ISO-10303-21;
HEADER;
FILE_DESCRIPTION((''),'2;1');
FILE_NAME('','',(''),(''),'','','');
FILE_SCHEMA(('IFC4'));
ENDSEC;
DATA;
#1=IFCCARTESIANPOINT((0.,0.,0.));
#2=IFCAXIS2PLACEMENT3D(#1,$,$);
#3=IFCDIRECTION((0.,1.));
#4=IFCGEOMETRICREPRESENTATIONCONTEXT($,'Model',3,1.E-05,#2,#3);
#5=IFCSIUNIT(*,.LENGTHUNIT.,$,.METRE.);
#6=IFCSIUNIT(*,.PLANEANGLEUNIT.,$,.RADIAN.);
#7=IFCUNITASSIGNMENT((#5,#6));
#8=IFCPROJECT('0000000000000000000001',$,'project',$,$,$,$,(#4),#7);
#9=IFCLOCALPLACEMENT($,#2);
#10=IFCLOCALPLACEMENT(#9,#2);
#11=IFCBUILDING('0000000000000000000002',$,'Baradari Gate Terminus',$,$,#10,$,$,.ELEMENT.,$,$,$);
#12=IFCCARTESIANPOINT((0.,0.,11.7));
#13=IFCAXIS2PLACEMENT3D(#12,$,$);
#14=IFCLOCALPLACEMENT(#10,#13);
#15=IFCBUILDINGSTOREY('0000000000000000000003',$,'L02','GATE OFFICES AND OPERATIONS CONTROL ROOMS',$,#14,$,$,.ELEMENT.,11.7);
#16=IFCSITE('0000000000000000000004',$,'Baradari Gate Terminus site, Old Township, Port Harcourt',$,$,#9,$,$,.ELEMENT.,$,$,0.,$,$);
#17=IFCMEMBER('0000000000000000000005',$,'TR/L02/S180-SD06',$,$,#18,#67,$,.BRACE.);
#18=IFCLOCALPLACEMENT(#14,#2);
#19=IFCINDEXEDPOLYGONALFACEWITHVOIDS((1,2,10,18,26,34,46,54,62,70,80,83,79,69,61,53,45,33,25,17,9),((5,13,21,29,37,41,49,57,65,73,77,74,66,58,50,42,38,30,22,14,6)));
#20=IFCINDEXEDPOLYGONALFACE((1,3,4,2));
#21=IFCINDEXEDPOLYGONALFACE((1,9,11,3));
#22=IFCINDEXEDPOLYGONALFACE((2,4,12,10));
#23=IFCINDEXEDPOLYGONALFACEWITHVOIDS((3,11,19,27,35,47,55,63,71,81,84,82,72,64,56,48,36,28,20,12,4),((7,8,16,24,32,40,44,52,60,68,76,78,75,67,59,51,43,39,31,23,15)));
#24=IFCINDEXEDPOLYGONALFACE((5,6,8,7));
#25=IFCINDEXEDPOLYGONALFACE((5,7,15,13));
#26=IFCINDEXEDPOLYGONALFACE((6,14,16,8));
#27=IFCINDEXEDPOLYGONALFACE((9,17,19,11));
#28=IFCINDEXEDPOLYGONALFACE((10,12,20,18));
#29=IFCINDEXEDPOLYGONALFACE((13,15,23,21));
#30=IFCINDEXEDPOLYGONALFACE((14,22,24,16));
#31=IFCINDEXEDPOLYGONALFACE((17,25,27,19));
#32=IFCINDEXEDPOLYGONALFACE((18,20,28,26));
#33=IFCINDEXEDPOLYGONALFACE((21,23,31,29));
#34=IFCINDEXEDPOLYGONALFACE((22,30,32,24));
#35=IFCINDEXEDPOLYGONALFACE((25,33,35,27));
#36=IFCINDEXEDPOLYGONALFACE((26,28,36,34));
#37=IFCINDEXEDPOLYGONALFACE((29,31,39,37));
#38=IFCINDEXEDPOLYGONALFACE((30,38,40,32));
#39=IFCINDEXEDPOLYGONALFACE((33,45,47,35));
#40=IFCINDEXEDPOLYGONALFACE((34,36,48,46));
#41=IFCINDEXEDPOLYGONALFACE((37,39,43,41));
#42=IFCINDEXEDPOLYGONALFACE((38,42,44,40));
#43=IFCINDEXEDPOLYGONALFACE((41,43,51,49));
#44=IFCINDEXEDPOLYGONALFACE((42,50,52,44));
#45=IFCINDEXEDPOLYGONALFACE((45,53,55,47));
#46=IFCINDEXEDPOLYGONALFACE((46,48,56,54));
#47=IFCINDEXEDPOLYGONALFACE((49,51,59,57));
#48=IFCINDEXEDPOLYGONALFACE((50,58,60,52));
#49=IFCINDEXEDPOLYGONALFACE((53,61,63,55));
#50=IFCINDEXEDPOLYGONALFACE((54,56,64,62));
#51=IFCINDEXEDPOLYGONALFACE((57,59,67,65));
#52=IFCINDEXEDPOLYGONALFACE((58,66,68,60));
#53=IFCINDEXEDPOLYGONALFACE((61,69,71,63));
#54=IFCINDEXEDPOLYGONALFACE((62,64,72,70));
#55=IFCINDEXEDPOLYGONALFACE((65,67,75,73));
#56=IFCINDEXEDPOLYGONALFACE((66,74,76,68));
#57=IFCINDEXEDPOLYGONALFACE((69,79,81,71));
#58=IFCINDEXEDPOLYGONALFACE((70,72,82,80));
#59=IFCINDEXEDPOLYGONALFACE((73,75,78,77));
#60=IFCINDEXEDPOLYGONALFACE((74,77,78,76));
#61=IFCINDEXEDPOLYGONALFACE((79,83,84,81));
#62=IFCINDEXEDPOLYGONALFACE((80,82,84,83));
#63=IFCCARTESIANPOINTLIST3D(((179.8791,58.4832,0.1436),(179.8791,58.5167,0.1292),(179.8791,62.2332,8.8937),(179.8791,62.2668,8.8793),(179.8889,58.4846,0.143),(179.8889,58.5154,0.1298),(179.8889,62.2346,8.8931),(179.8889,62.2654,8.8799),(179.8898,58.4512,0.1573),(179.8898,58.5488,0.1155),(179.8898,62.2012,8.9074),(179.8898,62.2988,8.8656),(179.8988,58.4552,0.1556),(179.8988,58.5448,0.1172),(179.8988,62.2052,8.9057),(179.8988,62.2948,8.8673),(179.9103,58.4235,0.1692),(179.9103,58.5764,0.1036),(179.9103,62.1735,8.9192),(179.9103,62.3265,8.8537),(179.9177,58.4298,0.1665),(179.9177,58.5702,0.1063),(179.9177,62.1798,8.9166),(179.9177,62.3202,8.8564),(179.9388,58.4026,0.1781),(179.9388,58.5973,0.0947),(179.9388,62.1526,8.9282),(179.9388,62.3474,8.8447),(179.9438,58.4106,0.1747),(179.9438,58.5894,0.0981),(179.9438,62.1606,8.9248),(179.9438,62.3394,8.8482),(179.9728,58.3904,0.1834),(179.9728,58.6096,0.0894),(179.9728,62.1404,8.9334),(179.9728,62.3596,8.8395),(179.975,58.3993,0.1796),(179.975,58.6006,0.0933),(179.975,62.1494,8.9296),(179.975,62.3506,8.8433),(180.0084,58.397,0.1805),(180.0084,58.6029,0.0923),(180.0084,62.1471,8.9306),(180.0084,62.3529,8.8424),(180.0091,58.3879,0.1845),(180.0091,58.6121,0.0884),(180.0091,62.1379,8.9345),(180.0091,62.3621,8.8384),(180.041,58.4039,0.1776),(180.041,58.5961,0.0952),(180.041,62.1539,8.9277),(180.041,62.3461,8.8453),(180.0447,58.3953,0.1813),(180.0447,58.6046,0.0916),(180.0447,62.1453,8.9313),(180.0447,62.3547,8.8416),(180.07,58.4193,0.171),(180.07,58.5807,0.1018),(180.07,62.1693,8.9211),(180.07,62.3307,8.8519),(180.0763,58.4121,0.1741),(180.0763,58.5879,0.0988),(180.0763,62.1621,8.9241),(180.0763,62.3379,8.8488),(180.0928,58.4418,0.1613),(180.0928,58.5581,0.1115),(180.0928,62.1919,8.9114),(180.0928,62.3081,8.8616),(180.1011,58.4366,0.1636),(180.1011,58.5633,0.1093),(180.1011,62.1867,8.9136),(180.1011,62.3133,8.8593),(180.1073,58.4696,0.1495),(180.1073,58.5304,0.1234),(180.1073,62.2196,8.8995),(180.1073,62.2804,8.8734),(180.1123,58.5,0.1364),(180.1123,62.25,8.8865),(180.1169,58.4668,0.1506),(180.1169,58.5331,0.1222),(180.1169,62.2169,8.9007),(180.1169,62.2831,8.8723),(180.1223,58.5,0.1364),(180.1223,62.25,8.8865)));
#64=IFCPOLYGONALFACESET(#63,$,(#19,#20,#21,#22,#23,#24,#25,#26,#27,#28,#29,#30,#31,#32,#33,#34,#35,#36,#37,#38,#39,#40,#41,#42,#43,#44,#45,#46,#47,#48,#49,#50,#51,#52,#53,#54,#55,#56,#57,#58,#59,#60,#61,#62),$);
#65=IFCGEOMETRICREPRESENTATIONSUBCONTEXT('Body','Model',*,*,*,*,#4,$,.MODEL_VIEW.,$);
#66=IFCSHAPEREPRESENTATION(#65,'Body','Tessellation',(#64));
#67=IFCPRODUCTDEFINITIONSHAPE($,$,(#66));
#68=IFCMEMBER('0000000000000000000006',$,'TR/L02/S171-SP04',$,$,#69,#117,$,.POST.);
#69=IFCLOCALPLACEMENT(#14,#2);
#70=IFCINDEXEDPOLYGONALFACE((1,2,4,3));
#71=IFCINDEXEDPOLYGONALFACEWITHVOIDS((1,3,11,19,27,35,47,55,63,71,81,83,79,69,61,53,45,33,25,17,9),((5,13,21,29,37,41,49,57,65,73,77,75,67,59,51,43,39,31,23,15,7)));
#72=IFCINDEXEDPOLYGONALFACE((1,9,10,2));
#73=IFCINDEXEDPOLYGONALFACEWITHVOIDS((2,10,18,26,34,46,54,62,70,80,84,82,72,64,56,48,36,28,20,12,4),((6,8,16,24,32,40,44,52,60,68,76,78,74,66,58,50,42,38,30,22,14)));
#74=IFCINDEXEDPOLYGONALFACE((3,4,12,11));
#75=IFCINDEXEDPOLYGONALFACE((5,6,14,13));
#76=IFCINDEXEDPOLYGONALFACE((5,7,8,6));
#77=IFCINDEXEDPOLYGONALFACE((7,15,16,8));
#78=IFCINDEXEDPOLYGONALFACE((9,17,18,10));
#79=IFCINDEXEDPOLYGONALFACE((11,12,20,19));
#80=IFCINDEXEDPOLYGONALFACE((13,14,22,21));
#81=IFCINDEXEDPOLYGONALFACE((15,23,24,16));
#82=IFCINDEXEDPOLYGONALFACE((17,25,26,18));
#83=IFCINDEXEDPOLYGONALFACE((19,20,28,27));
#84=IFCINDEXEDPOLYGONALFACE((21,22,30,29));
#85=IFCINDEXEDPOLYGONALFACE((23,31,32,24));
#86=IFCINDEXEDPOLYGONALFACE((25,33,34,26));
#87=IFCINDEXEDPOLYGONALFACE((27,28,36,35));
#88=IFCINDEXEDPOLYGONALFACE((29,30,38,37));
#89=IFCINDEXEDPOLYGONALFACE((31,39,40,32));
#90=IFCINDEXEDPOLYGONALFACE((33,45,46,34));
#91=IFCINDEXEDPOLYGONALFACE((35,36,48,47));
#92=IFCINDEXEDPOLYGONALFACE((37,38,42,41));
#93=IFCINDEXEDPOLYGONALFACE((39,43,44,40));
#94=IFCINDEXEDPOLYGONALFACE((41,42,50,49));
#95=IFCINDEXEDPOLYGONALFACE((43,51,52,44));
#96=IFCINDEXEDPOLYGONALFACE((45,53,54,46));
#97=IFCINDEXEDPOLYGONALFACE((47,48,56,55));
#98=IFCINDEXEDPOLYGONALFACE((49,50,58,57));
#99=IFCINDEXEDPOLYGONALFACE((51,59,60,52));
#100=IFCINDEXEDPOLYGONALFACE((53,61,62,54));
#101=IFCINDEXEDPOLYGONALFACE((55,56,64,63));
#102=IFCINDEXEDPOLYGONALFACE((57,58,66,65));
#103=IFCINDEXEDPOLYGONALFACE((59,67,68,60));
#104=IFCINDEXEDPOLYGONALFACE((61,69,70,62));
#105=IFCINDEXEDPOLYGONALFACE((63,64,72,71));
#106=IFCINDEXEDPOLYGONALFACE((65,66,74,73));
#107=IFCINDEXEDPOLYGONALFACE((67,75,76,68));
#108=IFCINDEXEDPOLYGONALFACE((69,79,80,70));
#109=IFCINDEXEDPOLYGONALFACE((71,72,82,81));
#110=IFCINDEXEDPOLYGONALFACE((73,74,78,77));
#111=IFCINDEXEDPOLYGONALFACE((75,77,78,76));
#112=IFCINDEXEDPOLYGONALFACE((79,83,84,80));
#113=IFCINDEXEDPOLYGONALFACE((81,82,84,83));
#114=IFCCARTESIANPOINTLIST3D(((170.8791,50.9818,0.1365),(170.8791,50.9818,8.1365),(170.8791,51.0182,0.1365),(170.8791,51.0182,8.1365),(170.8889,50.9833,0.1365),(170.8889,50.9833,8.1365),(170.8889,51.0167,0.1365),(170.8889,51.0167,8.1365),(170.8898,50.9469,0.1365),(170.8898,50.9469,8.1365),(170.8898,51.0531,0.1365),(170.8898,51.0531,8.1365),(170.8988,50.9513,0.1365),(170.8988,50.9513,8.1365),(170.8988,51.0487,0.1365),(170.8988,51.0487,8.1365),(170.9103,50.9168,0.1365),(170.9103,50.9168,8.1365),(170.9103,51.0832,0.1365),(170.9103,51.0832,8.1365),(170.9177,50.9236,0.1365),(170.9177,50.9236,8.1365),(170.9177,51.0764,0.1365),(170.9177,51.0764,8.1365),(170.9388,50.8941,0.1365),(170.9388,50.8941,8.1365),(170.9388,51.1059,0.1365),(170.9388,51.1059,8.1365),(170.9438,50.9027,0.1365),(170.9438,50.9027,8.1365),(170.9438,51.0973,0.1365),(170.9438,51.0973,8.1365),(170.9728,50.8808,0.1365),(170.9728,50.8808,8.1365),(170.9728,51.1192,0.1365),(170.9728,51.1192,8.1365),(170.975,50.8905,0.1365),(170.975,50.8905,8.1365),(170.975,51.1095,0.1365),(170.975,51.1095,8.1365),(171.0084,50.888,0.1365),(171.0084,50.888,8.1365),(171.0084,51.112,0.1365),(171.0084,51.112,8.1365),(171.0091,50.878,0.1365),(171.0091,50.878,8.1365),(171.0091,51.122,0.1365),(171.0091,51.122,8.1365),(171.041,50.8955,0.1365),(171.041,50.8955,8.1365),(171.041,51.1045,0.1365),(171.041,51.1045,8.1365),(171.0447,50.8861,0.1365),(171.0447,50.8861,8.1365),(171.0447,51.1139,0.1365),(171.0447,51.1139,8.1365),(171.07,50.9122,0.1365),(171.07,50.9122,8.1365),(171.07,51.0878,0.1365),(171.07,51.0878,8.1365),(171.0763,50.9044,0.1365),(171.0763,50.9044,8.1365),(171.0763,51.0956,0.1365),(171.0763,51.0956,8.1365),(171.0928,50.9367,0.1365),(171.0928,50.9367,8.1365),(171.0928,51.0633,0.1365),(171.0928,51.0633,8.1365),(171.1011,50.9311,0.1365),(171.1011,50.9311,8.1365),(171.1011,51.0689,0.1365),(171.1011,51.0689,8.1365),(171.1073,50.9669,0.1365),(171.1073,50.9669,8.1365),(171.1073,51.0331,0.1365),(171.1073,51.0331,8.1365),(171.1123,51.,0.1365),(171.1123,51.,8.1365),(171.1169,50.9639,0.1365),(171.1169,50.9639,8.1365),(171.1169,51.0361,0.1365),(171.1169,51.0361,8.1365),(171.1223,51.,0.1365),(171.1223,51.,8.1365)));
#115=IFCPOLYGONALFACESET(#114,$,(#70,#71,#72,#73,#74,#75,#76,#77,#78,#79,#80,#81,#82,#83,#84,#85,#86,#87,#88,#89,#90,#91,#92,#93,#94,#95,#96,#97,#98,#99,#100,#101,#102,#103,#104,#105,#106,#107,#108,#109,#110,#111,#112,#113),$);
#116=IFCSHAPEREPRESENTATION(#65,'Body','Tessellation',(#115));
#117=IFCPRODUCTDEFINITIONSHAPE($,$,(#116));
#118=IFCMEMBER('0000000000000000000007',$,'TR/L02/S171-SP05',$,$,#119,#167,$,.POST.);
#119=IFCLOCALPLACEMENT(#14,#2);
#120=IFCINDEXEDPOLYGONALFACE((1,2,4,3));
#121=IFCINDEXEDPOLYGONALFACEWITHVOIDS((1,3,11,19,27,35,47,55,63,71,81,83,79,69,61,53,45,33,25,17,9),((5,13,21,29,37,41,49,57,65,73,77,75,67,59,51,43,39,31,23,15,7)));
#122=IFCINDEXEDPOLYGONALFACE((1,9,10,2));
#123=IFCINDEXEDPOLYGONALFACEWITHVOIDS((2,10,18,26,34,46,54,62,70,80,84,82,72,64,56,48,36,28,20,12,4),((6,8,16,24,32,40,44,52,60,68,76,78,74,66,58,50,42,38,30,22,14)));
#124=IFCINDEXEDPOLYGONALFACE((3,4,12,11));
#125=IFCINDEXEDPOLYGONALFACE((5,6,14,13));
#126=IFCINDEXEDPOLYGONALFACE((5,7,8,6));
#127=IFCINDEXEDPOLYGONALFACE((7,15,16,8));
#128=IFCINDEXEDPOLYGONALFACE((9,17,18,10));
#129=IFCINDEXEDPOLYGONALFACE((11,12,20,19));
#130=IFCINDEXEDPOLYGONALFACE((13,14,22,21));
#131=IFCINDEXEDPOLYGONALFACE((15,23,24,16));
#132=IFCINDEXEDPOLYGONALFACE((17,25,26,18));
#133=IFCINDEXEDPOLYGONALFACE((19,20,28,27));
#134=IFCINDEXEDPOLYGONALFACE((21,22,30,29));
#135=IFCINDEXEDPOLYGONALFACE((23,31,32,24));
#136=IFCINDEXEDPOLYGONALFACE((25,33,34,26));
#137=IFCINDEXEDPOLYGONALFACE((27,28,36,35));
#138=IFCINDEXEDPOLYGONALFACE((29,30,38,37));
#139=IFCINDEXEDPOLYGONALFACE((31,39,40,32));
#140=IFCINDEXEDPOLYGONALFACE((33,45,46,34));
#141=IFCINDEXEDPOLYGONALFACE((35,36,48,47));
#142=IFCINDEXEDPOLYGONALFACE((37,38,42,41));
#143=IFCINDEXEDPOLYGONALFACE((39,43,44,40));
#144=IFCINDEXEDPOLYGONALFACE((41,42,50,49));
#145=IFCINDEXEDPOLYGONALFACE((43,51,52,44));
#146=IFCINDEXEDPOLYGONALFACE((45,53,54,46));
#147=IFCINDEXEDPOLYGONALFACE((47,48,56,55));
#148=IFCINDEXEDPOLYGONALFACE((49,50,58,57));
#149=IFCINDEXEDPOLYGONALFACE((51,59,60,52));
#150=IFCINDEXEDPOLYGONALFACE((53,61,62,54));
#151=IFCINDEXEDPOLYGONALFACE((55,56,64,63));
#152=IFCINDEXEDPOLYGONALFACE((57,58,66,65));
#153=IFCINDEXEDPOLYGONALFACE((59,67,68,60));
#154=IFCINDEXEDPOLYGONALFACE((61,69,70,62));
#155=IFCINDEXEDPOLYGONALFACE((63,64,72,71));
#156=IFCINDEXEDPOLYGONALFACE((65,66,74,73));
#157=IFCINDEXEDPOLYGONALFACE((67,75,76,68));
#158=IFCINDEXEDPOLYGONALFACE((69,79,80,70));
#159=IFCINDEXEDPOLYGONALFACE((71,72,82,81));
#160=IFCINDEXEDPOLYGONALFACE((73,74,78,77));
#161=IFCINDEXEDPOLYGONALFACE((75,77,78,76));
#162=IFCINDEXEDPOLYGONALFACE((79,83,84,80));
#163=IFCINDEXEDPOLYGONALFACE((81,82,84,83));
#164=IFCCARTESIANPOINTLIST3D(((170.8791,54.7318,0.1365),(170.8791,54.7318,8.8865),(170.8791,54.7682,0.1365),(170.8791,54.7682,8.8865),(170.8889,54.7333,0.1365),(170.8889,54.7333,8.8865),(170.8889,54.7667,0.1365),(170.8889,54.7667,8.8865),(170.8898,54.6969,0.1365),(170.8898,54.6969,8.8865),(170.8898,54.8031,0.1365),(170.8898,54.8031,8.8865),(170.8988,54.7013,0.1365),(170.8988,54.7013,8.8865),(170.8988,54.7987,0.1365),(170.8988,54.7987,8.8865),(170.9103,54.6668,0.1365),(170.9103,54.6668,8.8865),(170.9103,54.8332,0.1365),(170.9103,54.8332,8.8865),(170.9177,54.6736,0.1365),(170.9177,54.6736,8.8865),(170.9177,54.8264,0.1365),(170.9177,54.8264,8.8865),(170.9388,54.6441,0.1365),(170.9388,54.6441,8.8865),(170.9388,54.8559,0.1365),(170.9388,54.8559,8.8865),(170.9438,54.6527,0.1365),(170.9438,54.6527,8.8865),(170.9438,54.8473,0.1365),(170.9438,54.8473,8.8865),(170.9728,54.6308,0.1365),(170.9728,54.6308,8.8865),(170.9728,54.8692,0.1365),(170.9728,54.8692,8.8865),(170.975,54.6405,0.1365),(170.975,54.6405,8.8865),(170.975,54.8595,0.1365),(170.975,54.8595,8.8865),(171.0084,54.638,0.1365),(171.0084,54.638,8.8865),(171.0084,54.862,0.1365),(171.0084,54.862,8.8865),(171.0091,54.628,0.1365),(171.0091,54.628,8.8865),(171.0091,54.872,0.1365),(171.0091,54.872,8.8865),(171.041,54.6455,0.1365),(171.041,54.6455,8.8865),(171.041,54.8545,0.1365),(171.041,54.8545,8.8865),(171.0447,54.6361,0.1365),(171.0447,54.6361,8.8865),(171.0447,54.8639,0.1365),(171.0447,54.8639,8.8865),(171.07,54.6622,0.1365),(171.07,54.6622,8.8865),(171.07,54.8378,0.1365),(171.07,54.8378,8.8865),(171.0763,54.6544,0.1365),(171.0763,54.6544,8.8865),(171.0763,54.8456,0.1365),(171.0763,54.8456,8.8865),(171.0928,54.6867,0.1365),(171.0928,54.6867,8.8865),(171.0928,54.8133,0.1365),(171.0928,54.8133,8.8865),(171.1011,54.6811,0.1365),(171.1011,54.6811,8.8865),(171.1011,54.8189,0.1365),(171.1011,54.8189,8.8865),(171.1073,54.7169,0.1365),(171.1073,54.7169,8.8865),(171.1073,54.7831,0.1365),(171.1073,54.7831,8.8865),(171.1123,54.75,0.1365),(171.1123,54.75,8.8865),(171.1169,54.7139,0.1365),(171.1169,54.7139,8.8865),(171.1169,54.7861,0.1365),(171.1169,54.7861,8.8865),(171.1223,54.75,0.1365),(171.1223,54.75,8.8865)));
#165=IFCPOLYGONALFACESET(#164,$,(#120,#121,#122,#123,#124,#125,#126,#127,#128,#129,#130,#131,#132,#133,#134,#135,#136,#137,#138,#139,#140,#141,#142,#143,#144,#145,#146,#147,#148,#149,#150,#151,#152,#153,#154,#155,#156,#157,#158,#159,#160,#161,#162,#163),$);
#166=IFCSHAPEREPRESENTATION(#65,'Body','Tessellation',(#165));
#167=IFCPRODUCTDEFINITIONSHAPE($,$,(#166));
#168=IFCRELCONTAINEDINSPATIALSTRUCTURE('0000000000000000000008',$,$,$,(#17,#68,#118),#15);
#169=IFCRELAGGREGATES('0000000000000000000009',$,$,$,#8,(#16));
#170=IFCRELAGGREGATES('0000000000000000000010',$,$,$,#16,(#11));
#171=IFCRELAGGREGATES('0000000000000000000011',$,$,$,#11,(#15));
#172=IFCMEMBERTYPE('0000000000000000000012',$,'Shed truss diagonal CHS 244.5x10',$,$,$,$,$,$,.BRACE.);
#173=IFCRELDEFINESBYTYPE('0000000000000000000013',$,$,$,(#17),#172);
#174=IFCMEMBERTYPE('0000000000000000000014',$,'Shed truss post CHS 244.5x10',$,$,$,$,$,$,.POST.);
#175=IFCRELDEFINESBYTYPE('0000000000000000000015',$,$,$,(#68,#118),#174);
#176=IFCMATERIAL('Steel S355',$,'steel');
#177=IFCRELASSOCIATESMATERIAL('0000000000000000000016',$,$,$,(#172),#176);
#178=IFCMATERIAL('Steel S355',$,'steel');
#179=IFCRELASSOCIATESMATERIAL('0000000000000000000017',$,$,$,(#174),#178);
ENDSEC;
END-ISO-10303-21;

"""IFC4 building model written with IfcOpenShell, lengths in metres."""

from ifc_helpers import new_model, si_unit, direction, frame, origin, origin_2d, place, context, subcontext, project, spatial, hollow_circle, extrude, material, material_profile, profile_set, type_object, element, save


model = new_model("IFC4")

# Units and contexts
model_context = context("Model", 3, precision=1e-05, world=origin(), true_north=direction((0.0, 1.0)))
body_context = subcontext(model_context, "Body", "Model", "MODEL_VIEW")
ifc_project = project(units=[si_unit("LENGTHUNIT", "METRE"), si_unit("PLANEANGLEUNIT", "RADIAN")], contexts=[model_context])

# Site, building, storey
site_placement = place(None, origin())
site = spatial("IfcSite", under=ifc_project, at=site_placement, Name="Baradari Gate Terminus site, Old Township, Port Harcourt", CompositionType="ELEMENT", RefElevation=0.0)
building_placement = place(site_placement, origin())
building = spatial("IfcBuilding", under=site, at=building_placement, Name="Baradari Gate Terminus", CompositionType="ELEMENT")
storey_placement = place(building_placement, frame((0.0, 0.0, 11.7)))
storey = spatial("IfcBuildingStorey", under=building, at=storey_placement, Name="L02", Description="GATE OFFICES AND OPERATIONS CONTROL ROOMS", CompositionType="ELEMENT", Elevation=11.7)

# Members
ifc_material_1 = material(Name="Steel S355", Category="steel")
ifc_material_profile_1 = material_profile(ifc_material_1, hollow_circle(Radius=0.1223, WallThickness=0.01, at=origin_2d()), Name="CHS 244.5x10")
ifc_profile_set_1 = profile_set([ifc_material_profile_1], Name="Steel S355")
member_type_1 = type_object("IfcMemberType", Name="Shed truss diagonal CHS 244.5x10", PredefinedType="BRACE", material=ifc_profile_set_1)
for number, where, z_axis, x_axis, name in (
    (1, (180.0, 62.25, 8.8865), (0.0, -0.393919, -0.919145), (1.0, 0.0, 0.0), "TR/L02/S180-SD06"),
):
    element("IfcMember", number, at=place(storey_placement, frame(where, z_axis=z_axis, x_axis=x_axis)), inside=storey, type_object=member_type_1, Name=name, PredefinedType="BRACE", context=body_context, shape_type="SweptSolid", body=[
        extrude(hollow_circle(Radius=0.1223, WallThickness=0.01, at=origin_2d()), origin(), (0.0, 0.0, 1.0), 9.5198),
    ])
ifc_material_2 = material(Name="Steel S355", Category="steel")
ifc_material_profile_2 = material_profile(ifc_material_2, hollow_circle(Radius=0.1223, WallThickness=0.01, at=origin_2d()), Name="CHS 244.5x10")
ifc_profile_set_2 = profile_set([ifc_material_profile_2], Name="Steel S355")
member_type_2 = type_object("IfcMemberType", Name="Shed truss post CHS 244.5x10", PredefinedType="POST", material=ifc_profile_set_2)
member_1_placement = place(storey_placement, frame((171.0, 51.0, 0.1365), z_axis=(0.0, 0.0, 1.0), x_axis=(1.0, 0.0, 0.0)))
element("IfcMember", 2, at=member_1_placement, inside=storey, type_object=member_type_2, Name="TR/L02/S171-SP04", PredefinedType="POST", context=body_context, shape_type="SweptSolid", body=[
    extrude(hollow_circle(Radius=0.1223, WallThickness=0.01, at=origin_2d()), origin(), (0.0, 0.0, 1.0), 8.0),
])
member_2_placement = place(storey_placement, frame((171.0, 54.75, 0.1365), z_axis=(0.0, 0.0, 1.0), x_axis=(1.0, 0.0, 0.0)))
element("IfcMember", 3, at=member_2_placement, inside=storey, type_object=member_type_2, Name="TR/L02/S171-SP05", PredefinedType="POST", context=body_context, shape_type="SweptSolid", body=[
    extrude(hollow_circle(Radius=0.1223, WallThickness=0.01, at=origin_2d()), origin(), (0.0, 0.0, 1.0), 8.75),
])

save(model, "model.ifc")
